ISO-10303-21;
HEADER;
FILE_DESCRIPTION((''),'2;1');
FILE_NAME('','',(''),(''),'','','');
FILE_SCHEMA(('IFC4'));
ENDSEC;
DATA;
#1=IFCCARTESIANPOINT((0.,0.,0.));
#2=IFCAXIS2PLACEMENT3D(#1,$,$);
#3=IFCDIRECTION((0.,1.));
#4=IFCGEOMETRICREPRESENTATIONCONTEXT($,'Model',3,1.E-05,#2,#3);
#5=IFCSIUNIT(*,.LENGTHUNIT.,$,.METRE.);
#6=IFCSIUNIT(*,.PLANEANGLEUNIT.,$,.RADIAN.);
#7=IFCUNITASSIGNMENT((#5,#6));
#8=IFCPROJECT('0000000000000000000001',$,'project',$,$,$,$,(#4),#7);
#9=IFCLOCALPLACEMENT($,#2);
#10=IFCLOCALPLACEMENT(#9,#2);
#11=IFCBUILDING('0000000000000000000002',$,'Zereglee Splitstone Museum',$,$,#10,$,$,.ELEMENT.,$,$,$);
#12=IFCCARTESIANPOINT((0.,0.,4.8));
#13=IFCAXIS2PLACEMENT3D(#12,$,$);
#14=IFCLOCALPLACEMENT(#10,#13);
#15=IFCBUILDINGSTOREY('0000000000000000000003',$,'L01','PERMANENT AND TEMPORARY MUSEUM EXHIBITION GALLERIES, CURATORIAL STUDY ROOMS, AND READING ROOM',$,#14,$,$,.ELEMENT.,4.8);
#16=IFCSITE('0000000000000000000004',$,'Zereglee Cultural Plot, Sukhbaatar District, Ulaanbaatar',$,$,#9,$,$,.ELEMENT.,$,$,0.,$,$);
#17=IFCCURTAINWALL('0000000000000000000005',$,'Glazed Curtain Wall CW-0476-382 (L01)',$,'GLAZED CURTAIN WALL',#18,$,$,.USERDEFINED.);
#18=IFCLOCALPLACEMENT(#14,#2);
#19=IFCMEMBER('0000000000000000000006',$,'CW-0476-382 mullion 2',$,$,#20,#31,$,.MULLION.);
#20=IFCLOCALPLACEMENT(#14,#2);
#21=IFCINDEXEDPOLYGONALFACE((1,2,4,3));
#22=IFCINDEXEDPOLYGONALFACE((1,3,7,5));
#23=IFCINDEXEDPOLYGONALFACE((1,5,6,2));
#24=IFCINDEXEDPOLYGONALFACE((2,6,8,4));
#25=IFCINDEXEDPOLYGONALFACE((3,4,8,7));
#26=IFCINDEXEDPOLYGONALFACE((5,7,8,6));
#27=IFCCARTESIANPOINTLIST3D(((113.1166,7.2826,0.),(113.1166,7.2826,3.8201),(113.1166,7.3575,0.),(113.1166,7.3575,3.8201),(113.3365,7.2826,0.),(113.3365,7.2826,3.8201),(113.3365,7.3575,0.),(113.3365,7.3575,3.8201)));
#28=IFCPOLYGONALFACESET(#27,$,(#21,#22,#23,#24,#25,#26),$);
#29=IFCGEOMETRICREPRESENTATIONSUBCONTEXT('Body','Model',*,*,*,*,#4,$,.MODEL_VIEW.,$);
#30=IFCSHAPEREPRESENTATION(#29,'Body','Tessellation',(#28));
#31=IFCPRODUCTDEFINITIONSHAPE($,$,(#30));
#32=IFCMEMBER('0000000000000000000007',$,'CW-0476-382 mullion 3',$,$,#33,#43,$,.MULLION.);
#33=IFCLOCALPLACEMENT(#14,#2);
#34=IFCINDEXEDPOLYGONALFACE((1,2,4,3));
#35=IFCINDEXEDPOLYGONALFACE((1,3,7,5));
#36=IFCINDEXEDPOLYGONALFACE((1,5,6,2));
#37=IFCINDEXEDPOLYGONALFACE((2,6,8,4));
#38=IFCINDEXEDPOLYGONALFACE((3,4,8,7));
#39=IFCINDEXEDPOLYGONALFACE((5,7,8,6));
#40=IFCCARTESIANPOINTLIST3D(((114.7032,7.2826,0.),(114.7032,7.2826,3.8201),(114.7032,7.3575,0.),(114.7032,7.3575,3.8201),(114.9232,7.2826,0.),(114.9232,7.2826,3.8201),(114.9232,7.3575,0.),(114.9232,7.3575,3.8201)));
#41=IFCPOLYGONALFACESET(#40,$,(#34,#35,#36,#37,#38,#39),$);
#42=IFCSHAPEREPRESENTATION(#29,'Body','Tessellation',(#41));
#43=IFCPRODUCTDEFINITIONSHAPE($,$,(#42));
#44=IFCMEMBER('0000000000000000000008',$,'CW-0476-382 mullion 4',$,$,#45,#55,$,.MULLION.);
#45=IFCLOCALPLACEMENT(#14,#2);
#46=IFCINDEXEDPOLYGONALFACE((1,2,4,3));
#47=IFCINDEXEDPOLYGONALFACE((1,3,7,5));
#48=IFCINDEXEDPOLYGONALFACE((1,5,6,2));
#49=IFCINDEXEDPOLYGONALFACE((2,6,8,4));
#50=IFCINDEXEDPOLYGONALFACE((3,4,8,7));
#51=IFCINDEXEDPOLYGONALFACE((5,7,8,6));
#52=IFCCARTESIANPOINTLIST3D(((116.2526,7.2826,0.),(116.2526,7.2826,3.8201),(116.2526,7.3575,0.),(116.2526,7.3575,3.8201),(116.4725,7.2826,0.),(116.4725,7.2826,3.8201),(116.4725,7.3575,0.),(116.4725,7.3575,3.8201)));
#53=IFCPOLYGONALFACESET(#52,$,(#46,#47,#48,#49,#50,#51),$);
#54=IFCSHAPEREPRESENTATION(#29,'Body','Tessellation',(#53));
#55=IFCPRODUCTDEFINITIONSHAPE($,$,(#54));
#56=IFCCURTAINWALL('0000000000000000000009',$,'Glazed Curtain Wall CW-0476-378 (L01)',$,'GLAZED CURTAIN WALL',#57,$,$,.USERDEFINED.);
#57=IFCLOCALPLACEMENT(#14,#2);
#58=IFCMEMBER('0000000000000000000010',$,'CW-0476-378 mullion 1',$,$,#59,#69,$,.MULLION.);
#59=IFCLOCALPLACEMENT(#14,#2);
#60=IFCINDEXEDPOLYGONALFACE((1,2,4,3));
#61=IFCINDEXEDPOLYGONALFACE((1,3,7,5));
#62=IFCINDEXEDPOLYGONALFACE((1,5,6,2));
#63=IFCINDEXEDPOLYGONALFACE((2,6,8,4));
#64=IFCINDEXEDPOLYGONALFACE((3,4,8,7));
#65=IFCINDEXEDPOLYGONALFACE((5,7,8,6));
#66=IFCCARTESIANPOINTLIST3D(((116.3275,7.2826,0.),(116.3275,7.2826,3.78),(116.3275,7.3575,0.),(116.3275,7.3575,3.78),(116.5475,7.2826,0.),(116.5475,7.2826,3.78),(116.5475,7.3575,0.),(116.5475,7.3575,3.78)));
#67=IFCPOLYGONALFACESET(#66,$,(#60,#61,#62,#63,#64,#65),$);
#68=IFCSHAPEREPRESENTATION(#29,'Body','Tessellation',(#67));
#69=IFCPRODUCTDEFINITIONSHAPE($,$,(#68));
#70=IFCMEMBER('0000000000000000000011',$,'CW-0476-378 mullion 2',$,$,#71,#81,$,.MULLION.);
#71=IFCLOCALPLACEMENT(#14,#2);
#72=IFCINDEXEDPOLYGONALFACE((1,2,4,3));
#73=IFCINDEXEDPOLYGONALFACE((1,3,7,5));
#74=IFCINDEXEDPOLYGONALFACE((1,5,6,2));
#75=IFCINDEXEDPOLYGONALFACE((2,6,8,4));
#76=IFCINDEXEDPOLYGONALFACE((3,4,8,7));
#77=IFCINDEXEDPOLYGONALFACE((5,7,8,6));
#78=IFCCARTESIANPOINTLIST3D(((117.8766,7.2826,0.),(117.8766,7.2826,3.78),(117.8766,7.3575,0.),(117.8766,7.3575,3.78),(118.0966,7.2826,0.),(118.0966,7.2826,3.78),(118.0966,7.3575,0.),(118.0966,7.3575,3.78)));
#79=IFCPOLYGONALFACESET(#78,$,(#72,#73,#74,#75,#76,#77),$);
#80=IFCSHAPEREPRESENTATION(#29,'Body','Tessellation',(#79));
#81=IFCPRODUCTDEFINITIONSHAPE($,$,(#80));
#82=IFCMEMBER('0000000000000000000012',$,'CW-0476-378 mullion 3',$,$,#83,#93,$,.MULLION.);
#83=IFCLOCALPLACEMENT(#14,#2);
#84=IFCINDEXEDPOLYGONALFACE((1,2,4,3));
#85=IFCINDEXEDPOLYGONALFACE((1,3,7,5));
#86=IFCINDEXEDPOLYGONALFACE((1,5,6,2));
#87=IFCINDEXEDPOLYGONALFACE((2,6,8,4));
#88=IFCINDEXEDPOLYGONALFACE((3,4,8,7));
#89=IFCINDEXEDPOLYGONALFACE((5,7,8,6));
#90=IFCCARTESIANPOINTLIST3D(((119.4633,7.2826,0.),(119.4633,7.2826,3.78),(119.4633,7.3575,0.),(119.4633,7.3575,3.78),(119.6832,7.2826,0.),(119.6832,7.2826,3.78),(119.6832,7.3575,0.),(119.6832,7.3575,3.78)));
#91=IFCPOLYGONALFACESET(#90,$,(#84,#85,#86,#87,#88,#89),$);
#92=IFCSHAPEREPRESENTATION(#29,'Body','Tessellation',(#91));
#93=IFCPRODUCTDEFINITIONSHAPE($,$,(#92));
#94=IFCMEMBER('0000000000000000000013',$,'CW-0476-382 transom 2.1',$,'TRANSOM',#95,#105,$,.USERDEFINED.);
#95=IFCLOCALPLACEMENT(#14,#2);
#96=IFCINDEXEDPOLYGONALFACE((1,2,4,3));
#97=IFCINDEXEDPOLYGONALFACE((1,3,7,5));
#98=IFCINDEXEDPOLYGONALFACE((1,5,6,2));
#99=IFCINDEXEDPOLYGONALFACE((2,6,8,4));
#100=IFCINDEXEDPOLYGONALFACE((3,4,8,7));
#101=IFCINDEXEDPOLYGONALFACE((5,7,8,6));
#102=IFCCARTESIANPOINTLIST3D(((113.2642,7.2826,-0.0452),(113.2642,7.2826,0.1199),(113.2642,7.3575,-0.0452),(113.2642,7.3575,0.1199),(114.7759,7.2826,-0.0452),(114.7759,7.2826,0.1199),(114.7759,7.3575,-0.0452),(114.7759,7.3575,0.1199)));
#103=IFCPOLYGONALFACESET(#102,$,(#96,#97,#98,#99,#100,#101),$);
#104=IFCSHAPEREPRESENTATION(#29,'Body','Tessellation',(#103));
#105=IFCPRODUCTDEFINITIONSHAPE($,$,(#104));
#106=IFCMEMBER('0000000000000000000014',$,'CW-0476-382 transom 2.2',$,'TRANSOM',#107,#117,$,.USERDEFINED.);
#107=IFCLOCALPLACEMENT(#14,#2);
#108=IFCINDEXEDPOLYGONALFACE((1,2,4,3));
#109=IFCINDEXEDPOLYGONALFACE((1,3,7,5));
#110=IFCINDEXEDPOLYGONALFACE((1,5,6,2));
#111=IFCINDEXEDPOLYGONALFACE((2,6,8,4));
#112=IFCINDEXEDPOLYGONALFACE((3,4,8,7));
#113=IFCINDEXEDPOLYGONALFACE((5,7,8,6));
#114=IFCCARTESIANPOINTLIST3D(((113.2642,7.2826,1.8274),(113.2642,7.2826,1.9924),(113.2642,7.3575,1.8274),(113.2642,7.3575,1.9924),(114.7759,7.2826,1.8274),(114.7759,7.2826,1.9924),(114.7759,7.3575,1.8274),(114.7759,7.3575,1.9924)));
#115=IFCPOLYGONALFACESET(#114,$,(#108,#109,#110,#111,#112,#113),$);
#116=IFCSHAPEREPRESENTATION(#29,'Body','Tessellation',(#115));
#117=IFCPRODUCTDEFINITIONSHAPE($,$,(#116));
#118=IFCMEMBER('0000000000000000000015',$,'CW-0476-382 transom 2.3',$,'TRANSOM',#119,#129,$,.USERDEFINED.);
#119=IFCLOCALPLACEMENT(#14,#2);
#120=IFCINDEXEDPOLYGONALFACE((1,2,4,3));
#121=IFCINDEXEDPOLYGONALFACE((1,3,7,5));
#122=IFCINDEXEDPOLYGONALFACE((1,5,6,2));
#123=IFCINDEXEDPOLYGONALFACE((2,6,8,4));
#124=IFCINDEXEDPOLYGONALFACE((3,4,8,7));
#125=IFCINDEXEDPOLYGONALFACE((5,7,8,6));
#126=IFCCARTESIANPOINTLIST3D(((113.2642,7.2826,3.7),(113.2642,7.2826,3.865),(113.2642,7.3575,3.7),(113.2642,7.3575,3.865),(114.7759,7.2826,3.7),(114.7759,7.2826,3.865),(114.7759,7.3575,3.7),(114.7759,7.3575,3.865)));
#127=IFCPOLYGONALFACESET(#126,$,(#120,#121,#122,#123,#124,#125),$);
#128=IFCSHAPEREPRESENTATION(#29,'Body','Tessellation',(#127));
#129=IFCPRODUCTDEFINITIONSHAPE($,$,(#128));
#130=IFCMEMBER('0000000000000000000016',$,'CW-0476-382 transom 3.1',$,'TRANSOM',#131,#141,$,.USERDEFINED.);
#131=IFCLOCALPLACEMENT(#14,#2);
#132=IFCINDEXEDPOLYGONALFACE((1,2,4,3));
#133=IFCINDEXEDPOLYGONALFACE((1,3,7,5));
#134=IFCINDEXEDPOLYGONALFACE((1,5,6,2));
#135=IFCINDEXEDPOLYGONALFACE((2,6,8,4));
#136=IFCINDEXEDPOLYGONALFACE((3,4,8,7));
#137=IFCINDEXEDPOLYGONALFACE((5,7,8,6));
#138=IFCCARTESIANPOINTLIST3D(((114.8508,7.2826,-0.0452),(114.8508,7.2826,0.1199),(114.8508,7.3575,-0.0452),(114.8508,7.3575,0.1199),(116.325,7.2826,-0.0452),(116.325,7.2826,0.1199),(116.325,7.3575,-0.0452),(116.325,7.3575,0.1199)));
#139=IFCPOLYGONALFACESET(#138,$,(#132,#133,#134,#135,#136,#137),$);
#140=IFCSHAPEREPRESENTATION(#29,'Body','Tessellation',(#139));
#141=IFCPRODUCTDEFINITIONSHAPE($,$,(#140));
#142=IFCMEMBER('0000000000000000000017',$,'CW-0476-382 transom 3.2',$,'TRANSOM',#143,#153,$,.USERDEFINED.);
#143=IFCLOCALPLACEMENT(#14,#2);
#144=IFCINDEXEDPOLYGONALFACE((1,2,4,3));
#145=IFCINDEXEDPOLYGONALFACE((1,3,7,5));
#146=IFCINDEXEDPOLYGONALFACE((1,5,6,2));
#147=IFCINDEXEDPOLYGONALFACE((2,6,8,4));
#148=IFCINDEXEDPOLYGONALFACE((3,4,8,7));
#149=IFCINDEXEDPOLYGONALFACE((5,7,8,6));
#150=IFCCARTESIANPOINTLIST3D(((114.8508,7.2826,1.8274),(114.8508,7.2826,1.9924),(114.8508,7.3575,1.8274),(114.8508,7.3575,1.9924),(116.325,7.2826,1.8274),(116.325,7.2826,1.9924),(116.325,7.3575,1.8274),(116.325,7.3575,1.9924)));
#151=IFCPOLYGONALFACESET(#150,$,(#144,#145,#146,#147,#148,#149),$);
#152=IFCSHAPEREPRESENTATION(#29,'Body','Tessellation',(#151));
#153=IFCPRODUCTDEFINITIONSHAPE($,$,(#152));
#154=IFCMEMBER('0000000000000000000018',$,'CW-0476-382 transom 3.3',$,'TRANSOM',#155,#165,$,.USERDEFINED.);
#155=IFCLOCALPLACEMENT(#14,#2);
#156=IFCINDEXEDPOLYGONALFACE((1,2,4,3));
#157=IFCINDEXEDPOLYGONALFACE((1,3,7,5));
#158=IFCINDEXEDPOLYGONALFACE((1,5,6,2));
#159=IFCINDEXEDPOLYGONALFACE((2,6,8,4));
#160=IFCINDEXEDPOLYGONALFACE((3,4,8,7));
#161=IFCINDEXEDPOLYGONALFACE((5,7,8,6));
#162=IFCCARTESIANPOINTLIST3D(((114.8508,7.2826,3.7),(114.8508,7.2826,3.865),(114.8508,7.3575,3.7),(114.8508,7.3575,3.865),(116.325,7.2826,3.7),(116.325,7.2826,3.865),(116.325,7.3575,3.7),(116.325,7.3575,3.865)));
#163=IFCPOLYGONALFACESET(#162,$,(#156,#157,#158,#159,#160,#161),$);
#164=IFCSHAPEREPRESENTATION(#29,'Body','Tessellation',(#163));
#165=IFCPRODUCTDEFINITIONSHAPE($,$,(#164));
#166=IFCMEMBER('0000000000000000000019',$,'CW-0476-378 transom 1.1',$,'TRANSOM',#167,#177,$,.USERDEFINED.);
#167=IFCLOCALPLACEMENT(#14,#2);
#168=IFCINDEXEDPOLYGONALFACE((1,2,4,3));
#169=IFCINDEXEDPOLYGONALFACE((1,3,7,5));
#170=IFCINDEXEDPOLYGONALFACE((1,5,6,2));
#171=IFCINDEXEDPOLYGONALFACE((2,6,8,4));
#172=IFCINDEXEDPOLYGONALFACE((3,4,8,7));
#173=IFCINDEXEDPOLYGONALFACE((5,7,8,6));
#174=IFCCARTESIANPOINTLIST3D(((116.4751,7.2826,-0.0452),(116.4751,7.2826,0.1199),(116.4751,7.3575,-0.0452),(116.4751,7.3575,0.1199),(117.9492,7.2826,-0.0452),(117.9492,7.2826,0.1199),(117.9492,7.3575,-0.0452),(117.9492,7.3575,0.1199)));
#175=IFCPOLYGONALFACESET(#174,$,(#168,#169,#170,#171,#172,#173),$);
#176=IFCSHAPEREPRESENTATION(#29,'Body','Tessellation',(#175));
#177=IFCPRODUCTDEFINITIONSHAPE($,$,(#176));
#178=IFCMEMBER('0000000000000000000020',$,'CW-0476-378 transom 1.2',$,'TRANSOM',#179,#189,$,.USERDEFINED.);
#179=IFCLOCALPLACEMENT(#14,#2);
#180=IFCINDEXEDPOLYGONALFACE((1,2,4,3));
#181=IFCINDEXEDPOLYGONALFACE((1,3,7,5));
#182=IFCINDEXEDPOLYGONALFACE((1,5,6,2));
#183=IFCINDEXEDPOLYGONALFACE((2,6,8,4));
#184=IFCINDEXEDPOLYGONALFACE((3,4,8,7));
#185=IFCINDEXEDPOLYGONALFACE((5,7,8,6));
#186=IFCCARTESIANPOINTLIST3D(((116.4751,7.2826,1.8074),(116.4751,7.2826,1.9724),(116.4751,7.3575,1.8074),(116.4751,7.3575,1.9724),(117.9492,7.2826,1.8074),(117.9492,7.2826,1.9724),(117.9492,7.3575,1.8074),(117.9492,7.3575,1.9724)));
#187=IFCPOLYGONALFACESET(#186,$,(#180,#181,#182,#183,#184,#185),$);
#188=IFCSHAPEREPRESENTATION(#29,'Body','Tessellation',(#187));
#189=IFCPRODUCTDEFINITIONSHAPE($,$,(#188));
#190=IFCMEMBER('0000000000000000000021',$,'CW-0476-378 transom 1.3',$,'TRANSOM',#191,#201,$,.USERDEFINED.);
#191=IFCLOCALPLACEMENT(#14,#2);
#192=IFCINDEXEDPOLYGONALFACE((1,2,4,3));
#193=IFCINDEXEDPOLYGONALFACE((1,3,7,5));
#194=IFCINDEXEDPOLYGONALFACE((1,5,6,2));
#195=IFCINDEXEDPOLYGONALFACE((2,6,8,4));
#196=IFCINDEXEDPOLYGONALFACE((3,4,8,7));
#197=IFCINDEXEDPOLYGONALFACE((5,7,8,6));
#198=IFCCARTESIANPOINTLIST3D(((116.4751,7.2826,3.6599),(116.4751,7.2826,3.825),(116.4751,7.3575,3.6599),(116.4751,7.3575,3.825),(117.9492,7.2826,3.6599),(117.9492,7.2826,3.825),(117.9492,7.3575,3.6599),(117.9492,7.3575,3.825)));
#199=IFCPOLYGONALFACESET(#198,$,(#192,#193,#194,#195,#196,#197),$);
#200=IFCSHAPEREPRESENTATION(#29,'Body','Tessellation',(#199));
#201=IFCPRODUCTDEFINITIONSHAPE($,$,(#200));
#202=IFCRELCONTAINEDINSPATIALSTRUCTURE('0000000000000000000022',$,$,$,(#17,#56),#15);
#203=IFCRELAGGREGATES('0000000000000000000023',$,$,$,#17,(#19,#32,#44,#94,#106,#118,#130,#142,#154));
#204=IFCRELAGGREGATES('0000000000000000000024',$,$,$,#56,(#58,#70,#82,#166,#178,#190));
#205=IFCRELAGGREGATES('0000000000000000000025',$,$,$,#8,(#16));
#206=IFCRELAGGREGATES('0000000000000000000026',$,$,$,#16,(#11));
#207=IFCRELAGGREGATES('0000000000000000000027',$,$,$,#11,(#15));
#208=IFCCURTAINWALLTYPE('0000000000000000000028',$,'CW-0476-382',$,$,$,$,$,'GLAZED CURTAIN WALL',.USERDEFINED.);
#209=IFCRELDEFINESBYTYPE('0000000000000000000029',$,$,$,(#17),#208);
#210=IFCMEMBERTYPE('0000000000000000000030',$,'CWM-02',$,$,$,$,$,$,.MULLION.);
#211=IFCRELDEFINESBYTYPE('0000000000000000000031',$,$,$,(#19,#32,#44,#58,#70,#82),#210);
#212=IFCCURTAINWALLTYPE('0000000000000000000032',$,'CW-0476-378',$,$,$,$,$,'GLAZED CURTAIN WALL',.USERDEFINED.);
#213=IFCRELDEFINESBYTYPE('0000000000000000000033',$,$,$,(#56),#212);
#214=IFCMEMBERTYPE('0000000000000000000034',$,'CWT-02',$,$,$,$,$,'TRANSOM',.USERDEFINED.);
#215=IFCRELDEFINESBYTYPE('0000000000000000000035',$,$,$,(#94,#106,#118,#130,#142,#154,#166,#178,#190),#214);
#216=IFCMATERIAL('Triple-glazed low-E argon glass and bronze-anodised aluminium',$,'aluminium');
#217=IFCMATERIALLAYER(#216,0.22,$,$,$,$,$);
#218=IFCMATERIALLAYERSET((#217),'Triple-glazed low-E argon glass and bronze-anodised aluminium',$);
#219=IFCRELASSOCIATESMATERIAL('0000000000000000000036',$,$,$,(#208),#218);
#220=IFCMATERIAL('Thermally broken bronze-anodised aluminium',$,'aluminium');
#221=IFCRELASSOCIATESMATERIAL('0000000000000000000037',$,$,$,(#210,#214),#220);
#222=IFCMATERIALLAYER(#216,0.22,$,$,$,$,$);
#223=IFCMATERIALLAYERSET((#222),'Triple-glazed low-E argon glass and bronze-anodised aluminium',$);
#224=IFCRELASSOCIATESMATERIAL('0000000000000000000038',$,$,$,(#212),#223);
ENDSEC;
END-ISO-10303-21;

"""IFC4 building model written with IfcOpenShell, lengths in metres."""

from ifc_helpers import new_model, si_unit, direction, frame, origin, origin_2d, place, context, subcontext, project, spatial, rectangle, extrude, material, layer, layer_set, material_profile, profile_set, type_object, element, aggregate, save


model = new_model("IFC4")

# Units and contexts
model_context = context("Model", 3, precision=1e-05, world=origin(), true_north=direction((0.0, 1.0)))
body_context = subcontext(model_context, "Body", "Model", "MODEL_VIEW")
ifc_project = project(units=[si_unit("LENGTHUNIT", "METRE"), si_unit("PLANEANGLEUNIT", "RADIAN")], contexts=[model_context])

# Site, building, storey
site_placement = place(None, origin())
site = spatial("IfcSite", under=ifc_project, at=site_placement, Name="Zereglee Cultural Plot, Sukhbaatar District, Ulaanbaatar", CompositionType="ELEMENT", RefElevation=0.0)
building_placement = place(site_placement, origin())
building = spatial("IfcBuilding", under=site, at=building_placement, Name="Zereglee Splitstone Museum", CompositionType="ELEMENT")
storey_placement = place(building_placement, frame((0.0, 0.0, 4.8)))
storey = spatial("IfcBuildingStorey", under=building, at=storey_placement, Name="L01", Description="PERMANENT AND TEMPORARY MUSEUM EXHIBITION GALLERIES, CURATORIAL STUDY ROOMS, AND READING ROOM", CompositionType="ELEMENT", Elevation=4.8)

# Curtain walls, members
ifc_material_1 = material(Name="Triple-glazed low-E argon glass and bronze-anodised aluminium", Category="aluminium")
ifc_layer_1 = layer(ifc_material_1, 0.22)
ifc_layer_set_1 = layer_set([ifc_layer_1], Name="Triple-glazed low-E argon glass and bronze-anodised aluminium")
curtain_wall_type_1 = type_object("IfcCurtainWallType", Name="CW-0476-382", ElementType="GLAZED CURTAIN WALL", PredefinedType="USERDEFINED", material=ifc_layer_set_1)
curtain_wall_1_placement = place(storey_placement, origin())
curtain_wall_1 = element("IfcCurtainWall", 1, at=curtain_wall_1_placement, inside=storey, type_object=curtain_wall_type_1, Name="Glazed Curtain Wall CW-0476-382 (L01)", ObjectType="GLAZED CURTAIN WALL", PredefinedType="USERDEFINED")
ifc_material_2 = material(Name="Thermally broken bronze-anodised aluminium", Category="aluminium")
ifc_material_profile_1 = material_profile(ifc_material_2, rectangle(XDim=0.075, YDim=0.22, at=origin_2d()), Name="CW MULL 75x220")
ifc_profile_set_1 = profile_set([ifc_material_profile_1], Name="Thermally broken bronze-anodised aluminium")
member_type_1 = type_object("IfcMemberType", Name="CWM-02", PredefinedType="MULLION", material=ifc_profile_set_1)
member_1_placement = place(storey_placement, frame((113.2266, 7.3201, 0.0), z_axis=(0.0, 0.0, 1.0), x_axis=(0.0, 1.0, 0.0)))
member_1 = element("IfcMember", 2, at=member_1_placement, type_object=member_type_1, Name="CW-0476-382 mullion 2", PredefinedType="MULLION", context=body_context, shape_type="SweptSolid", body=[
    extrude(rectangle(XDim=0.075, YDim=0.22, at=origin_2d()), origin(), (0.0, 0.0, 1.0), 3.8201),
])
member_2_placement = place(storey_placement, frame((114.8132, 7.3201, 0.0), z_axis=(0.0, 0.0, 1.0), x_axis=(0.0, 1.0, 0.0)))
member_2 = element("IfcMember", 3, at=member_2_placement, type_object=member_type_1, Name="CW-0476-382 mullion 3", PredefinedType="MULLION", context=body_context, shape_type="SweptSolid", body=[
    extrude(rectangle(XDim=0.075, YDim=0.22, at=origin_2d()), origin(), (0.0, 0.0, 1.0), 3.8201),
])
member_3_placement = place(storey_placement, frame((116.3625, 7.3201, 0.0), z_axis=(0.0, 0.0, 1.0), x_axis=(0.0, 1.0, 0.0)))
member_3 = element("IfcMember", 4, at=member_3_placement, type_object=member_type_1, Name="CW-0476-382 mullion 4", PredefinedType="MULLION", context=body_context, shape_type="SweptSolid", body=[
    extrude(rectangle(XDim=0.075, YDim=0.22, at=origin_2d()), origin(), (0.0, 0.0, 1.0), 3.8201),
])
ifc_layer_2 = layer(ifc_material_1, 0.22)
ifc_layer_set_2 = layer_set([ifc_layer_2], Name="Triple-glazed low-E argon glass and bronze-anodised aluminium")
curtain_wall_type_2 = type_object("IfcCurtainWallType", Name="CW-0476-378", ElementType="GLAZED CURTAIN WALL", PredefinedType="USERDEFINED", material=ifc_layer_set_2)
curtain_wall_2_placement = place(storey_placement, origin())
curtain_wall_2 = element("IfcCurtainWall", 5, at=curtain_wall_2_placement, inside=storey, type_object=curtain_wall_type_2, Name="Glazed Curtain Wall CW-0476-378 (L01)", ObjectType="GLAZED CURTAIN WALL", PredefinedType="USERDEFINED")
member_4_placement = place(storey_placement, frame((116.4375, 7.3201, 0.0), z_axis=(0.0, 0.0, 1.0), x_axis=(0.0, 1.0, 0.0)))
member_4 = element("IfcMember", 6, at=member_4_placement, type_object=member_type_1, Name="CW-0476-378 mullion 1", PredefinedType="MULLION", context=body_context, shape_type="SweptSolid", body=[
    extrude(rectangle(XDim=0.075, YDim=0.22, at=origin_2d()), origin(), (0.0, 0.0, 1.0), 3.78),
])
member_5_placement = place(storey_placement, frame((117.9866, 7.3201, 0.0), z_axis=(0.0, 0.0, 1.0), x_axis=(0.0, 1.0, 0.0)))
member_5 = element("IfcMember", 7, at=member_5_placement, type_object=member_type_1, Name="CW-0476-378 mullion 2", PredefinedType="MULLION", context=body_context, shape_type="SweptSolid", body=[
    extrude(rectangle(XDim=0.075, YDim=0.22, at=origin_2d()), origin(), (0.0, 0.0, 1.0), 3.78),
])
member_6_placement = place(storey_placement, frame((119.5732, 7.3201, 0.0), z_axis=(0.0, 0.0, 1.0), x_axis=(0.0, 1.0, 0.0)))
member_6 = element("IfcMember", 8, at=member_6_placement, type_object=member_type_1, Name="CW-0476-378 mullion 3", PredefinedType="MULLION", context=body_context, shape_type="SweptSolid", body=[
    extrude(rectangle(XDim=0.075, YDim=0.22, at=origin_2d()), origin(), (0.0, 0.0, 1.0), 3.78),
])

# Members
ifc_material_profile_2 = material_profile(ifc_material_2, rectangle(XDim=0.075, YDim=0.165, at=origin_2d()), Name="CW TRAN 75x165")
ifc_profile_set_2 = profile_set([ifc_material_profile_2], Name="Thermally broken bronze-anodised aluminium")
member_type_2 = type_object("IfcMemberType", Name="CWT-02", ElementType="TRANSOM", PredefinedType="USERDEFINED", material=ifc_profile_set_2)
member_7_placement = place(storey_placement, frame((113.2642, 7.3201, 0.0374), z_axis=(1.0, 0.0, 0.0), x_axis=(0.0, 1.0, 0.0)))
member_7 = element("IfcMember", 9, at=member_7_placement, type_object=member_type_2, Name="CW-0476-382 transom 2.1", ObjectType="TRANSOM", PredefinedType="USERDEFINED", context=body_context, shape_type="SweptSolid", body=[
    extrude(rectangle(XDim=0.075, YDim=0.165, at=origin_2d()), origin(), (0.0, 0.0, 1.0), 1.5117),
])
member_8_placement = place(storey_placement, frame((113.2642, 7.3201, 1.9099), z_axis=(1.0, 0.0, 0.0), x_axis=(0.0, 1.0, 0.0)))
member_8 = element("IfcMember", 10, at=member_8_placement, type_object=member_type_2, Name="CW-0476-382 transom 2.2", ObjectType="TRANSOM", PredefinedType="USERDEFINED", context=body_context, shape_type="SweptSolid", body=[
    extrude(rectangle(XDim=0.075, YDim=0.165, at=origin_2d()), origin(), (0.0, 0.0, 1.0), 1.5117),
])
member_9_placement = place(storey_placement, frame((113.2642, 7.3201, 3.7825), z_axis=(1.0, 0.0, 0.0), x_axis=(0.0, 1.0, 0.0)))
member_9 = element("IfcMember", 11, at=member_9_placement, type_object=member_type_2, Name="CW-0476-382 transom 2.3", ObjectType="TRANSOM", PredefinedType="USERDEFINED", context=body_context, shape_type="SweptSolid", body=[
    extrude(rectangle(XDim=0.075, YDim=0.165, at=origin_2d()), origin(), (0.0, 0.0, 1.0), 1.5117),
])
member_10_placement = place(storey_placement, frame((114.8508, 7.3201, 0.0374), z_axis=(1.0, 0.0, 0.0), x_axis=(0.0, 1.0, 0.0)))
member_10 = element("IfcMember", 12, at=member_10_placement, type_object=member_type_2, Name="CW-0476-382 transom 3.1", ObjectType="TRANSOM", PredefinedType="USERDEFINED", context=body_context, shape_type="SweptSolid", body=[
    extrude(rectangle(XDim=0.075, YDim=0.165, at=origin_2d()), origin(), (0.0, 0.0, 1.0), 1.4741),
])
member_11_placement = place(storey_placement, frame((114.8508, 7.3201, 1.9099), z_axis=(1.0, 0.0, 0.0), x_axis=(0.0, 1.0, 0.0)))
member_11 = element("IfcMember", 13, at=member_11_placement, type_object=member_type_2, Name="CW-0476-382 transom 3.2", ObjectType="TRANSOM", PredefinedType="USERDEFINED", context=body_context, shape_type="SweptSolid", body=[
    extrude(rectangle(XDim=0.075, YDim=0.165, at=origin_2d()), origin(), (0.0, 0.0, 1.0), 1.4741),
])
member_12_placement = place(storey_placement, frame((114.8508, 7.3201, 3.7825), z_axis=(1.0, 0.0, 0.0), x_axis=(0.0, 1.0, 0.0)))
member_12 = element("IfcMember", 14, at=member_12_placement, type_object=member_type_2, Name="CW-0476-382 transom 3.3", ObjectType="TRANSOM", PredefinedType="USERDEFINED", context=body_context, shape_type="SweptSolid", body=[
    extrude(rectangle(XDim=0.075, YDim=0.165, at=origin_2d()), origin(), (0.0, 0.0, 1.0), 1.4741),
])
member_13_placement = place(storey_placement, frame((116.4751, 7.3201, 0.0374), z_axis=(1.0, 0.0, 0.0), x_axis=(0.0, 1.0, 0.0)))
member_13 = element("IfcMember", 15, at=member_13_placement, type_object=member_type_2, Name="CW-0476-378 transom 1.1", ObjectType="TRANSOM", PredefinedType="USERDEFINED", context=body_context, shape_type="SweptSolid", body=[
    extrude(rectangle(XDim=0.075, YDim=0.165, at=origin_2d()), origin(), (0.0, 0.0, 1.0), 1.4741),
])
member_14_placement = place(storey_placement, frame((116.4751, 7.3201, 1.8899), z_axis=(1.0, 0.0, 0.0), x_axis=(0.0, 1.0, 0.0)))
member_14 = element("IfcMember", 16, at=member_14_placement, type_object=member_type_2, Name="CW-0476-378 transom 1.2", ObjectType="TRANSOM", PredefinedType="USERDEFINED", context=body_context, shape_type="SweptSolid", body=[
    extrude(rectangle(XDim=0.075, YDim=0.165, at=origin_2d()), origin(), (0.0, 0.0, 1.0), 1.4741),
])
member_15_placement = place(storey_placement, frame((116.4751, 7.3201, 3.7424), z_axis=(1.0, 0.0, 0.0), x_axis=(0.0, 1.0, 0.0)))
member_15 = element("IfcMember", 17, at=member_15_placement, type_object=member_type_2, Name="CW-0476-378 transom 1.3", ObjectType="TRANSOM", PredefinedType="USERDEFINED", context=body_context, shape_type="SweptSolid", body=[
    extrude(rectangle(XDim=0.075, YDim=0.165, at=origin_2d()), origin(), (0.0, 0.0, 1.0), 1.4741),
])

aggregate(curtain_wall_1, [member_1, member_2, member_3, member_7, member_8, member_9, member_10, member_11, member_12])
aggregate(curtain_wall_2, [member_4, member_5, member_6, member_13, member_14, member_15])

save(model, "model.ifc")
